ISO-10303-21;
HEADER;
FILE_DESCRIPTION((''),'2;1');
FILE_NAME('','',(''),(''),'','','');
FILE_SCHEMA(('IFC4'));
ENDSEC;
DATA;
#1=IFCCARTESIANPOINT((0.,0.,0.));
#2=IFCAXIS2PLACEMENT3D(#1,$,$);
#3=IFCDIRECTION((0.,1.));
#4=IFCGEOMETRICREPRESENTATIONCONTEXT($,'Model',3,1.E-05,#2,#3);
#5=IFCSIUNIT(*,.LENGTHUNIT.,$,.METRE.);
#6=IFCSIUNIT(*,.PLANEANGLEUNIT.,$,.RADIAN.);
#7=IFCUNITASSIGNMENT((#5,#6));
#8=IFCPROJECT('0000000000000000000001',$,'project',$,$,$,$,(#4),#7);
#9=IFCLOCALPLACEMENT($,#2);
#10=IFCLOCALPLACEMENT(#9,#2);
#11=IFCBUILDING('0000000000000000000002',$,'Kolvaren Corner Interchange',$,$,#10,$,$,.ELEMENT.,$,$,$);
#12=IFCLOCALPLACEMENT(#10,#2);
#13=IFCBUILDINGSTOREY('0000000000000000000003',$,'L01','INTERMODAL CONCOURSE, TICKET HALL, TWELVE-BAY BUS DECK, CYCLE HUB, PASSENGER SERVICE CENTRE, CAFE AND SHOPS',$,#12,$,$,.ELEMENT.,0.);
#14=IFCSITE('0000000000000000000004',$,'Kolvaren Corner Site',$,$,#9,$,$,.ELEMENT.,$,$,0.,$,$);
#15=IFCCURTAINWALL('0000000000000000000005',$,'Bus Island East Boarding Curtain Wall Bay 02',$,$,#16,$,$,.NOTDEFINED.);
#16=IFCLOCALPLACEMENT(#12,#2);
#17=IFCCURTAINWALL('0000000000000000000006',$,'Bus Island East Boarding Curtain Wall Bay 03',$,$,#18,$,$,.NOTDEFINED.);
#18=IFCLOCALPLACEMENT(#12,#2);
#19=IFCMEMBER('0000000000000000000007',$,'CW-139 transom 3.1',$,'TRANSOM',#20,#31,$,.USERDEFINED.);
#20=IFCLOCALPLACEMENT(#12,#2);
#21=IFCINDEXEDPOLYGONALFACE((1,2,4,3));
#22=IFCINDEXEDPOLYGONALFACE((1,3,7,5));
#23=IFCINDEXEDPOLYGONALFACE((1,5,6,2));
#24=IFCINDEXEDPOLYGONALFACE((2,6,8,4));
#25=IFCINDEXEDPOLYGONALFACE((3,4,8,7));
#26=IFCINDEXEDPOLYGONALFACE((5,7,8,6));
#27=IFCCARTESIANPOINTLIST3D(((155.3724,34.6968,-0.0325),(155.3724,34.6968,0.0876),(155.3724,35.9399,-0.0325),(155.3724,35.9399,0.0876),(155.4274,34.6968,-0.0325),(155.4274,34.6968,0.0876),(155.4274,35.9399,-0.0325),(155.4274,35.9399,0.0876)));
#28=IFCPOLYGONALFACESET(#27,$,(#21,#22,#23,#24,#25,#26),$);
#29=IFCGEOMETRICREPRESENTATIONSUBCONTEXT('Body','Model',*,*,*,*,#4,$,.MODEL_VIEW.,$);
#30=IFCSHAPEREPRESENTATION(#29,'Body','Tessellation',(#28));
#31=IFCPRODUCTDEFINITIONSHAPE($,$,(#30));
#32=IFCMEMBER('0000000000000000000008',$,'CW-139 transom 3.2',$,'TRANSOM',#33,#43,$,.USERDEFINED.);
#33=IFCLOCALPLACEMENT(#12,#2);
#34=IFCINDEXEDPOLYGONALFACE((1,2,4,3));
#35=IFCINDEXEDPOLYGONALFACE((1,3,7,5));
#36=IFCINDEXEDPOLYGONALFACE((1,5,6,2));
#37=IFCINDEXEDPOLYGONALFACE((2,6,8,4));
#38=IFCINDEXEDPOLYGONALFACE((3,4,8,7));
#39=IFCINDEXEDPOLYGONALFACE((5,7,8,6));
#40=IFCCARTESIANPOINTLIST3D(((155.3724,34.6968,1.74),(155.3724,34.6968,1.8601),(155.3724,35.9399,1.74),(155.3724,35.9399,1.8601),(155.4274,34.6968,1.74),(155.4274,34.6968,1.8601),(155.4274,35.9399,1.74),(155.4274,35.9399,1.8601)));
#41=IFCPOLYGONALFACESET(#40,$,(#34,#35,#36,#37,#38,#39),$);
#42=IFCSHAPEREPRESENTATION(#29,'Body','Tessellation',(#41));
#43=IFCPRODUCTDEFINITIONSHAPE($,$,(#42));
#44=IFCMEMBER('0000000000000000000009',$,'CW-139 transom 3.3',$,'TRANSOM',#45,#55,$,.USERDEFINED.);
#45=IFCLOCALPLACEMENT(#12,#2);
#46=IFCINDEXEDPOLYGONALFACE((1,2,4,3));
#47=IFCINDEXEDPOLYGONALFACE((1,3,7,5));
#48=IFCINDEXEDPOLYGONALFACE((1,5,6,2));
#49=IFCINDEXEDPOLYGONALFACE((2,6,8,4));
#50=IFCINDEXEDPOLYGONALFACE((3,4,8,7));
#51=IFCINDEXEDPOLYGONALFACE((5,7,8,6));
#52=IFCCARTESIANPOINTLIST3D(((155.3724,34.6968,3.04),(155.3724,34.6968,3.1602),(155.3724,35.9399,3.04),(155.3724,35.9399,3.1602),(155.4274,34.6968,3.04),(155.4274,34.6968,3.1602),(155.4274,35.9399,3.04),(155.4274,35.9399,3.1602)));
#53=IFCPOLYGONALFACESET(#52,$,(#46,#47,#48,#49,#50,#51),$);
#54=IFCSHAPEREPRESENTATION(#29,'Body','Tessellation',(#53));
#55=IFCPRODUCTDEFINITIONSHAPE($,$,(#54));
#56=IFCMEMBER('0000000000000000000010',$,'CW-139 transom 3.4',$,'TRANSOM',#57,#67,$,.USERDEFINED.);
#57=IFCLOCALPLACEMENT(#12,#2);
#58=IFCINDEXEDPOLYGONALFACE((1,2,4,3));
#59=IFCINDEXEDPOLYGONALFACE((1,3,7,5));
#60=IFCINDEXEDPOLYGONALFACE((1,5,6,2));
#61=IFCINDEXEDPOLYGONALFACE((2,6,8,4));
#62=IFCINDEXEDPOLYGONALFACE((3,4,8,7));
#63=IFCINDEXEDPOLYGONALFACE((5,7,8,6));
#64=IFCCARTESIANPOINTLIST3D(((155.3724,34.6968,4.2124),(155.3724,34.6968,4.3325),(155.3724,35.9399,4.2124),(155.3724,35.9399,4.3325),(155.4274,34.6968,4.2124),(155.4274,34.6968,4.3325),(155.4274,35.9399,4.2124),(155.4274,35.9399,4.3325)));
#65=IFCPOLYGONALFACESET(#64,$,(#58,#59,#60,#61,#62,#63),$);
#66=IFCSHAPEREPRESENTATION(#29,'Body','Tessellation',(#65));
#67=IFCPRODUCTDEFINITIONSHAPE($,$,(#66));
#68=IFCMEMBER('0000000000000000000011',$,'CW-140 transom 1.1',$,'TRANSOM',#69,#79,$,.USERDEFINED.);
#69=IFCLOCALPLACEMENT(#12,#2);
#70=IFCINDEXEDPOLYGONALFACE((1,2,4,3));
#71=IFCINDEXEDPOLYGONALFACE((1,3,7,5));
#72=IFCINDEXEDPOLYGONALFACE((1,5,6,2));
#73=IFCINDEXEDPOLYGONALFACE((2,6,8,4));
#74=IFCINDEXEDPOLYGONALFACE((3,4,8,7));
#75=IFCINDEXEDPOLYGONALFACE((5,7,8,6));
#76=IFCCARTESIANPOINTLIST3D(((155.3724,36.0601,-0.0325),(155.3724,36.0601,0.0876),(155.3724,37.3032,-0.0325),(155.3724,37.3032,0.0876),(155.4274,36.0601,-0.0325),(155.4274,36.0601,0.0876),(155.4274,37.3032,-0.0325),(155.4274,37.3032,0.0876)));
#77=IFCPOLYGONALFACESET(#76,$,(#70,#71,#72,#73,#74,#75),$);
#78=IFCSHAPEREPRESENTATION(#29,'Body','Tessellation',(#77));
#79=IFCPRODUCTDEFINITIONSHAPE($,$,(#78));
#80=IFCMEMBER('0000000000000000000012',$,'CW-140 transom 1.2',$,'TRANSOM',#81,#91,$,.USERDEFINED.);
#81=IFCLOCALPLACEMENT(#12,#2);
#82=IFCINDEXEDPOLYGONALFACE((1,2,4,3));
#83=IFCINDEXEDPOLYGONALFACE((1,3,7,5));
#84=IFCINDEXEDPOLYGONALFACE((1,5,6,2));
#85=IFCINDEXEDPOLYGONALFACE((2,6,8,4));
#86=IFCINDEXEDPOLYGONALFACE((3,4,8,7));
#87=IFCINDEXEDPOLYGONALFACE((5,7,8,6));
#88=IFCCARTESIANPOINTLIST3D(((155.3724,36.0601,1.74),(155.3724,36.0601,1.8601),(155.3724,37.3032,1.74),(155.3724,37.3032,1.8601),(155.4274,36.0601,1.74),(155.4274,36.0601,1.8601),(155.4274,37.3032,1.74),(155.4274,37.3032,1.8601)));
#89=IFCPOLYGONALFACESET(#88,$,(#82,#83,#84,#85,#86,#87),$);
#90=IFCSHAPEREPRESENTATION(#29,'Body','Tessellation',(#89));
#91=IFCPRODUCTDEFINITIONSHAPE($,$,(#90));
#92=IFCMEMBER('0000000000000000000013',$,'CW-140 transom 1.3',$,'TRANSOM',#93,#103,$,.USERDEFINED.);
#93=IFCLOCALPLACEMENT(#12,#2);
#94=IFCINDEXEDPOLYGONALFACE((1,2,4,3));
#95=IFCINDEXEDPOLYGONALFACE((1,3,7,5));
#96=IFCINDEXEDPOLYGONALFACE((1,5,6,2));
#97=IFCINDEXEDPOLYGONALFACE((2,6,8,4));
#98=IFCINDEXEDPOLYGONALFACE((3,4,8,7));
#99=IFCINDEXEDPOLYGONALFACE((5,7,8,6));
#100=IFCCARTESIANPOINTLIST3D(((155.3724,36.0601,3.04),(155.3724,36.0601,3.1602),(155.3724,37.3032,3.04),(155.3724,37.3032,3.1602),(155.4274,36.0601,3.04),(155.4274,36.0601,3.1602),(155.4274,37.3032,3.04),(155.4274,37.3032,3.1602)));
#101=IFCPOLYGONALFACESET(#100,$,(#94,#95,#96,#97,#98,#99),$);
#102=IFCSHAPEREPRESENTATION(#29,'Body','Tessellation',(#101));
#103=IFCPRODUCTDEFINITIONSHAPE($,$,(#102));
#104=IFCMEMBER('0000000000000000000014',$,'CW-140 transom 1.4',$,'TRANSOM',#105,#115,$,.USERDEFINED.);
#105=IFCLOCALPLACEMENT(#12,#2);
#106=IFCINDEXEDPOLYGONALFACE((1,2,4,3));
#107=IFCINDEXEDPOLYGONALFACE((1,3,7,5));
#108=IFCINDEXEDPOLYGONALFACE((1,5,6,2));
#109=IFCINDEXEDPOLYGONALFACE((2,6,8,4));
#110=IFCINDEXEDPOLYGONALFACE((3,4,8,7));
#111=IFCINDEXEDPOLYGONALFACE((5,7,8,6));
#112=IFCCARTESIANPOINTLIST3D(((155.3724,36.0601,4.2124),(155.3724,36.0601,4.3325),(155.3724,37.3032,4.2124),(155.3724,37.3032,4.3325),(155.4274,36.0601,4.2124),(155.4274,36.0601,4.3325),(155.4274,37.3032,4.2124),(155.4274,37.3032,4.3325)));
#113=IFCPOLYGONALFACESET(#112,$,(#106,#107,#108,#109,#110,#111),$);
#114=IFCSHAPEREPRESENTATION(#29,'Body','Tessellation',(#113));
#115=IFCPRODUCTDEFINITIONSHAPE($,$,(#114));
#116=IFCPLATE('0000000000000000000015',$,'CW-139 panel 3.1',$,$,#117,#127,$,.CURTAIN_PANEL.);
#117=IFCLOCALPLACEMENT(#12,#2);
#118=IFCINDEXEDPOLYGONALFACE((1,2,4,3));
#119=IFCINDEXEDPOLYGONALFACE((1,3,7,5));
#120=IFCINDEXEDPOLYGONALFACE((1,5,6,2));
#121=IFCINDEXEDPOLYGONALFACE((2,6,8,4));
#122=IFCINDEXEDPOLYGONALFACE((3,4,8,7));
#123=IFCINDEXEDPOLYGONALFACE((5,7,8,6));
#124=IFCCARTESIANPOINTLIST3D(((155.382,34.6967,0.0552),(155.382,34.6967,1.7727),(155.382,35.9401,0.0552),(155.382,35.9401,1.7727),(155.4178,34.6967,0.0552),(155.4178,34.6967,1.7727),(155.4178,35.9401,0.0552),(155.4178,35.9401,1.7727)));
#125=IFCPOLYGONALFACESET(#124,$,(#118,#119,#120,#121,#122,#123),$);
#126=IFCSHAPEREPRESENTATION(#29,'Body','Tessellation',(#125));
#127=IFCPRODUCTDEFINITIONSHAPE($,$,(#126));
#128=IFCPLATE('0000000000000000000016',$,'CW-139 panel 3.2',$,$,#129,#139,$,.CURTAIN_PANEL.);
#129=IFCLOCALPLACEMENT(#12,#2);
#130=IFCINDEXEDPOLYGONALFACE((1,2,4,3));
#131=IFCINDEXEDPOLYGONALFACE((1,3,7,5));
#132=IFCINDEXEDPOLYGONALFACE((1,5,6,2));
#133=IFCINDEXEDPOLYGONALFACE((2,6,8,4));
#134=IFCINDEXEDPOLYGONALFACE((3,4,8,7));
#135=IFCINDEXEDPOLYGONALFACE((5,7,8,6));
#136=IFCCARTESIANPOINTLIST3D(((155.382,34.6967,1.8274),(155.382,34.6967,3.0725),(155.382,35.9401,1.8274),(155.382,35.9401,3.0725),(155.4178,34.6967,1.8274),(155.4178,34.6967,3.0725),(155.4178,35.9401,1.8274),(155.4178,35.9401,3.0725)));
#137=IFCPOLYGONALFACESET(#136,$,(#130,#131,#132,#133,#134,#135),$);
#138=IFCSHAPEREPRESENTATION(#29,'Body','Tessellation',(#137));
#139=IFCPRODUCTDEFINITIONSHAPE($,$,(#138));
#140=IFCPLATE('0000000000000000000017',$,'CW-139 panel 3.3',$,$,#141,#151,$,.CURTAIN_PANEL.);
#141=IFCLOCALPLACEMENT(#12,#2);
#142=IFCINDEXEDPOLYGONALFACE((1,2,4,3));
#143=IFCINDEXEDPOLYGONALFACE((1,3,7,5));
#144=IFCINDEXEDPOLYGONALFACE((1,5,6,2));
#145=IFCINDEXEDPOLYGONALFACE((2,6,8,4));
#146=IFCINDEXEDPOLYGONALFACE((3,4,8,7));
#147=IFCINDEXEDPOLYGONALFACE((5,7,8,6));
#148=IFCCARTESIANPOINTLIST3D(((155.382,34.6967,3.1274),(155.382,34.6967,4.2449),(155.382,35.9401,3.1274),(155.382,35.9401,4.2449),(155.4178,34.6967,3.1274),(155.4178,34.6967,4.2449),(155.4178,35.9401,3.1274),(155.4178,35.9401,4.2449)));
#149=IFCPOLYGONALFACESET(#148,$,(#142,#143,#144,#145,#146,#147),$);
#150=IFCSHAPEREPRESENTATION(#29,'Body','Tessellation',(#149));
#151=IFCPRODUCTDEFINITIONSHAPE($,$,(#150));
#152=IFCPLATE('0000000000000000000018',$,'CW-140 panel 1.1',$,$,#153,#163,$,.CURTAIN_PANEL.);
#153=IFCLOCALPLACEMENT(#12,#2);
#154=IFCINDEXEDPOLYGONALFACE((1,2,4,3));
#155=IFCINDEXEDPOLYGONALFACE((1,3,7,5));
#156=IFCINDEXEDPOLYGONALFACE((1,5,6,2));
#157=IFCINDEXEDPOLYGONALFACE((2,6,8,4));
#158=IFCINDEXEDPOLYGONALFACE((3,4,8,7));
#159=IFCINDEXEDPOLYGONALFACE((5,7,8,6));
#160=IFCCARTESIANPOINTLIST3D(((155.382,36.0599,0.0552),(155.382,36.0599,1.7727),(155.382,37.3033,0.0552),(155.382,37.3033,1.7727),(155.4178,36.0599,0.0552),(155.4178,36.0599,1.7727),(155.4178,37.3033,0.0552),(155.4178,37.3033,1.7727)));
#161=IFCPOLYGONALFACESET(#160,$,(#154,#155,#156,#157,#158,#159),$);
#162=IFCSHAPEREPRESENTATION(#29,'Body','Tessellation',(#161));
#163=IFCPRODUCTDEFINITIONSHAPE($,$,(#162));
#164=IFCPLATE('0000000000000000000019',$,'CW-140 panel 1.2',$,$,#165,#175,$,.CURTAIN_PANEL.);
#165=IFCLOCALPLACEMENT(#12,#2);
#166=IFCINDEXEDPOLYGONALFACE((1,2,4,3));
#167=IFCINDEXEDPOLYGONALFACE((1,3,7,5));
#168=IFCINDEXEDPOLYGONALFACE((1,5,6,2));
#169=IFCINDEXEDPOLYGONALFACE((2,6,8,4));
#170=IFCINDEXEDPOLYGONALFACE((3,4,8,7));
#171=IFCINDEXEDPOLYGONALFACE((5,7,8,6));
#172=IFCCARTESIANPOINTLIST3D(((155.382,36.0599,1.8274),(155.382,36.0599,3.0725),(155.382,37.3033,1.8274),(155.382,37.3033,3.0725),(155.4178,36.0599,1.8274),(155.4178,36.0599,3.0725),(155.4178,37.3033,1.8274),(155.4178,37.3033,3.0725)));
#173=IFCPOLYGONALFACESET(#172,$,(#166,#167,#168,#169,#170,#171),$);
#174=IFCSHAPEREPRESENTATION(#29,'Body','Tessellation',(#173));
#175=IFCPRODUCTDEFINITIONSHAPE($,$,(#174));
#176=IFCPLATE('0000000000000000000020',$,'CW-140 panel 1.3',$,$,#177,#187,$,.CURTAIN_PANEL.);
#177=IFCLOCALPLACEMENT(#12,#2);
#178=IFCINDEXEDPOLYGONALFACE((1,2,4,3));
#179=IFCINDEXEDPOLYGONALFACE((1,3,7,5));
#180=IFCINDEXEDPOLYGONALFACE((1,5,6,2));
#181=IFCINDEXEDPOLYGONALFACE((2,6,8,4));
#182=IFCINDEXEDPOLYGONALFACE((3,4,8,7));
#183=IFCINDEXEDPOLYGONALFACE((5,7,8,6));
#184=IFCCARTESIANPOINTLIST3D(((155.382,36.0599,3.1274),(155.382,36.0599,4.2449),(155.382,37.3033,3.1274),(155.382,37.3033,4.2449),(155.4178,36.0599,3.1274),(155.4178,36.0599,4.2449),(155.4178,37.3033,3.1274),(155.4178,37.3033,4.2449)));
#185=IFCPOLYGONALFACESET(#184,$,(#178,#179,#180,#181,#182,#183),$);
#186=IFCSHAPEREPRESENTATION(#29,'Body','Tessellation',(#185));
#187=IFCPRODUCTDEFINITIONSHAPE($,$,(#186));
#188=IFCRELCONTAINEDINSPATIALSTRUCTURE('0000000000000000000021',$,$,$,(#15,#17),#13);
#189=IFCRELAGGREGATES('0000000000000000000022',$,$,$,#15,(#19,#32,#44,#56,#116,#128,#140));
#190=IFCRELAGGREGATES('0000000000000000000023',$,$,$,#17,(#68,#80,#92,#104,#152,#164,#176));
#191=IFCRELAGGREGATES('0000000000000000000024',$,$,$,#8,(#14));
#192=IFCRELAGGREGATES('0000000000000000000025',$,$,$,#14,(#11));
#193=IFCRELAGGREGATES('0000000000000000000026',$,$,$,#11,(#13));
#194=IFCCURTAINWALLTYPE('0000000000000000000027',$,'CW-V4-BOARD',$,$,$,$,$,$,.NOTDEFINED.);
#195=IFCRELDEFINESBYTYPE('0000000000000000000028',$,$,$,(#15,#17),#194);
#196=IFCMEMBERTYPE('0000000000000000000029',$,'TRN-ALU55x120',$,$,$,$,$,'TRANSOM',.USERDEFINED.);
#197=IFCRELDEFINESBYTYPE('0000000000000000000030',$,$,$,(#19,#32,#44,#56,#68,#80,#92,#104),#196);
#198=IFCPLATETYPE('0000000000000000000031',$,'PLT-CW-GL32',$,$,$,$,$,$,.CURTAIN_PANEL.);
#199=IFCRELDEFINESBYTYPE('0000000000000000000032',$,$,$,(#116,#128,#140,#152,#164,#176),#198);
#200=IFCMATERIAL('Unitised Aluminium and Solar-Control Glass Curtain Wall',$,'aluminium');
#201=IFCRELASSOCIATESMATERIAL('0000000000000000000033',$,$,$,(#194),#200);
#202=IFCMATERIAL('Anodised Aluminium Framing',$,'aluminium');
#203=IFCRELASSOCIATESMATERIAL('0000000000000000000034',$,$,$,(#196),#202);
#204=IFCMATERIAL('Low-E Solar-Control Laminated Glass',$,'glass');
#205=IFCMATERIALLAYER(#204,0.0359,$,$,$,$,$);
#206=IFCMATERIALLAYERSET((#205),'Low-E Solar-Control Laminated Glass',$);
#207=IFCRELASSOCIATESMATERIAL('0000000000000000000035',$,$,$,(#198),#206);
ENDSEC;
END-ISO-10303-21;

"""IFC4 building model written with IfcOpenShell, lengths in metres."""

from ifc_helpers import new_model, si_unit, direction, frame, origin, origin_2d, place, context, subcontext, project, spatial, rectangle, extrude, material, layer, layer_set, material_profile, profile_set, type_object, element, aggregate, save


model = new_model("IFC4")

# Units and contexts
model_context = context("Model", 3, precision=1e-05, world=origin(), true_north=direction((0.0, 1.0)))
body_context = subcontext(model_context, "Body", "Model", "MODEL_VIEW")
ifc_project = project(units=[si_unit("LENGTHUNIT", "METRE"), si_unit("PLANEANGLEUNIT", "RADIAN")], contexts=[model_context])

# Site, building, storey
site_placement = place(None, origin())
site = spatial("IfcSite", under=ifc_project, at=site_placement, Name="Kolvaren Corner Site", CompositionType="ELEMENT", RefElevation=0.0)
building_placement = place(site_placement, origin())
building = spatial("IfcBuilding", under=site, at=building_placement, Name="Kolvaren Corner Interchange", CompositionType="ELEMENT")
storey_placement = place(building_placement, origin())
storey = spatial("IfcBuildingStorey", under=building, at=storey_placement, Name="L01", Description="INTERMODAL CONCOURSE, TICKET HALL, TWELVE-BAY BUS DECK, CYCLE HUB, PASSENGER SERVICE CENTRE, CAFE AND SHOPS", CompositionType="ELEMENT", Elevation=0.0)

# Curtain walls
ifc_material_1 = material(Name="Unitised Aluminium and Solar-Control Glass Curtain Wall", Category="aluminium")
curtain_wall_type = type_object("IfcCurtainWallType", Name="CW-V4-BOARD", PredefinedType="NOTDEFINED", material=ifc_material_1)
curtain_wall_1_placement = place(storey_placement, origin())
curtain_wall_1 = element("IfcCurtainWall", 1, at=curtain_wall_1_placement, inside=storey, type_object=curtain_wall_type, Name="Bus Island East Boarding Curtain Wall Bay 02", PredefinedType="NOTDEFINED")
curtain_wall_2_placement = place(storey_placement, origin())
curtain_wall_2 = element("IfcCurtainWall", 2, at=curtain_wall_2_placement, inside=storey, type_object=curtain_wall_type, Name="Bus Island East Boarding Curtain Wall Bay 03", PredefinedType="NOTDEFINED")

# Members
ifc_material_2 = material(Name="Anodised Aluminium Framing", Category="aluminium")
ifc_material_profile_1 = material_profile(ifc_material_2, rectangle(XDim=0.0549, YDim=0.1201, at=origin_2d()), Name="ALU 55x120")
ifc_profile_set_1 = profile_set([ifc_material_profile_1], Name="Anodised Aluminium Framing")
member_type_1 = type_object("IfcMemberType", Name="TRN-ALU55x120", ElementType="TRANSOM", PredefinedType="USERDEFINED", material=ifc_profile_set_1)
member_1_placement = place(storey_placement, frame((155.3999, 34.6968, 0.0276), z_axis=(0.0, 1.0, 0.0), x_axis=(-1.0, 0.0, 0.0)))
member_1 = element("IfcMember", 3, at=member_1_placement, type_object=member_type_1, Name="CW-139 transom 3.1", ObjectType="TRANSOM", PredefinedType="USERDEFINED", context=body_context, shape_type="SweptSolid", body=[
    extrude(rectangle(XDim=0.0549, YDim=0.1201, at=origin_2d()), origin(), (0.0, 0.0, 1.0), 1.2432),
])
member_2_placement = place(storey_placement, frame((155.3999, 34.6968, 1.8), z_axis=(0.0, 1.0, 0.0), x_axis=(-1.0, 0.0, 0.0)))
member_2 = element("IfcMember", 4, at=member_2_placement, type_object=member_type_1, Name="CW-139 transom 3.2", ObjectType="TRANSOM", PredefinedType="USERDEFINED", context=body_context, shape_type="SweptSolid", body=[
    extrude(rectangle(XDim=0.0549, YDim=0.1201, at=origin_2d()), origin(), (0.0, 0.0, 1.0), 1.2432),
])
member_3_placement = place(storey_placement, frame((155.3999, 34.6968, 3.1001), z_axis=(0.0, 1.0, 0.0), x_axis=(-1.0, 0.0, 0.0)))
member_3 = element("IfcMember", 5, at=member_3_placement, type_object=member_type_1, Name="CW-139 transom 3.3", ObjectType="TRANSOM", PredefinedType="USERDEFINED", context=body_context, shape_type="SweptSolid", body=[
    extrude(rectangle(XDim=0.0549, YDim=0.1201, at=origin_2d()), origin(), (0.0, 0.0, 1.0), 1.2432),
])
member_4_placement = place(storey_placement, frame((155.3999, 34.6968, 4.2725), z_axis=(0.0, 1.0, 0.0), x_axis=(-1.0, 0.0, 0.0)))
member_4 = element("IfcMember", 6, at=member_4_placement, type_object=member_type_1, Name="CW-139 transom 3.4", ObjectType="TRANSOM", PredefinedType="USERDEFINED", context=body_context, shape_type="SweptSolid", body=[
    extrude(rectangle(XDim=0.0549, YDim=0.1201, at=origin_2d()), origin(), (0.0, 0.0, 1.0), 1.2432),
])
member_5_placement = place(storey_placement, frame((155.3999, 36.0601, 0.0276), z_axis=(0.0, 1.0, 0.0), x_axis=(-1.0, 0.0, 0.0)))
member_5 = element("IfcMember", 7, at=member_5_placement, type_object=member_type_1, Name="CW-140 transom 1.1", ObjectType="TRANSOM", PredefinedType="USERDEFINED", context=body_context, shape_type="SweptSolid", body=[
    extrude(rectangle(XDim=0.0549, YDim=0.1201, at=origin_2d()), origin(), (0.0, 0.0, 1.0), 1.2432),
])
member_6_placement = place(storey_placement, frame((155.3999, 36.0601, 1.8), z_axis=(0.0, 1.0, 0.0), x_axis=(-1.0, 0.0, 0.0)))
member_6 = element("IfcMember", 8, at=member_6_placement, type_object=member_type_1, Name="CW-140 transom 1.2", ObjectType="TRANSOM", PredefinedType="USERDEFINED", context=body_context, shape_type="SweptSolid", body=[
    extrude(rectangle(XDim=0.0549, YDim=0.1201, at=origin_2d()), origin(), (0.0, 0.0, 1.0), 1.2432),
])
member_7_placement = place(storey_placement, frame((155.3999, 36.0601, 3.1001), z_axis=(0.0, 1.0, 0.0), x_axis=(-1.0, 0.0, 0.0)))
member_7 = element("IfcMember", 9, at=member_7_placement, type_object=member_type_1, Name="CW-140 transom 1.3", ObjectType="TRANSOM", PredefinedType="USERDEFINED", context=body_context, shape_type="SweptSolid", body=[
    extrude(rectangle(XDim=0.0549, YDim=0.1201, at=origin_2d()), origin(), (0.0, 0.0, 1.0), 1.2432),
])
member_8_placement = place(storey_placement, frame((155.3999, 36.0601, 4.2725), z_axis=(0.0, 1.0, 0.0), x_axis=(-1.0, 0.0, 0.0)))
member_8 = element("IfcMember", 10, at=member_8_placement, type_object=member_type_1, Name="CW-140 transom 1.4", ObjectType="TRANSOM", PredefinedType="USERDEFINED", context=body_context, shape_type="SweptSolid", body=[
    extrude(rectangle(XDim=0.0549, YDim=0.1201, at=origin_2d()), origin(), (0.0, 0.0, 1.0), 1.2432),
])

# Plates
ifc_material_3 = material(Name="Low-E Solar-Control Laminated Glass", Category="glass")
ifc_layer = layer(ifc_material_3, 0.0359)
ifc_layer_set = layer_set([ifc_layer], Name="Low-E Solar-Control Laminated Glass")
plate_type = type_object("IfcPlateType", Name="PLT-CW-GL32", PredefinedType="CURTAIN_PANEL", material=ifc_layer_set)
plate_1_placement = place(storey_placement, frame((155.3999, 35.3184, 0.0552), z_axis=(0.0, 0.0, 1.0), x_axis=(0.0, 1.0, 0.0)))
plate_1 = element("IfcPlate", 11, at=plate_1_placement, type_object=plate_type, Name="CW-139 panel 3.1", PredefinedType="CURTAIN_PANEL", context=body_context, shape_type="SweptSolid", body=[
    extrude(rectangle(XDim=1.2434, YDim=0.0359, at=origin_2d()), origin(), (0.0, 0.0, 1.0), 1.7175),
])
plate_2_placement = place(storey_placement, frame((155.3999, 35.3184, 1.8274), z_axis=(0.0, 0.0, 1.0), x_axis=(0.0, 1.0, 0.0)))
plate_2 = element("IfcPlate", 12, at=plate_2_placement, type_object=plate_type, Name="CW-139 panel 3.2", PredefinedType="CURTAIN_PANEL", context=body_context, shape_type="SweptSolid", body=[
    extrude(rectangle(XDim=1.2434, YDim=0.0359, at=origin_2d()), origin(), (0.0, 0.0, 1.0), 1.2451),
])
plate_3_placement = place(storey_placement, frame((155.3999, 35.3184, 3.1274), z_axis=(0.0, 0.0, 1.0), x_axis=(0.0, 1.0, 0.0)))
plate_3 = element("IfcPlate", 13, at=plate_3_placement, type_object=plate_type, Name="CW-139 panel 3.3", PredefinedType="CURTAIN_PANEL", context=body_context, shape_type="SweptSolid", body=[
    extrude(rectangle(XDim=1.2434, YDim=0.0359, at=origin_2d()), origin(), (0.0, 0.0, 1.0), 1.1174),
])
aggregate(curtain_wall_1, [member_1, member_2, member_3, member_4, plate_1, plate_2, plate_3])
plate_4_placement = place(storey_placement, frame((155.3999, 36.6816, 0.0552), z_axis=(0.0, 0.0, 1.0), x_axis=(0.0, 1.0, 0.0)))
plate_4 = element("IfcPlate", 14, at=plate_4_placement, type_object=plate_type, Name="CW-140 panel 1.1", PredefinedType="CURTAIN_PANEL", context=body_context, shape_type="SweptSolid", body=[
    extrude(rectangle(XDim=1.2434, YDim=0.0359, at=origin_2d()), origin(), (0.0, 0.0, 1.0), 1.7175),
])
plate_5_placement = place(storey_placement, frame((155.3999, 36.6816, 1.8274), z_axis=(0.0, 0.0, 1.0), x_axis=(0.0, 1.0, 0.0)))
plate_5 = element("IfcPlate", 15, at=plate_5_placement, type_object=plate_type, Name="CW-140 panel 1.2", PredefinedType="CURTAIN_PANEL", context=body_context, shape_type="SweptSolid", body=[
    extrude(rectangle(XDim=1.2434, YDim=0.0359, at=origin_2d()), origin(), (0.0, 0.0, 1.0), 1.2451),
])
plate_6_placement = place(storey_placement, frame((155.3999, 36.6816, 3.1274), z_axis=(0.0, 0.0, 1.0), x_axis=(0.0, 1.0, 0.0)))
plate_6 = element("IfcPlate", 16, at=plate_6_placement, type_object=plate_type, Name="CW-140 panel 1.3", PredefinedType="CURTAIN_PANEL", context=body_context, shape_type="SweptSolid", body=[
    extrude(rectangle(XDim=1.2434, YDim=0.0359, at=origin_2d()), origin(), (0.0, 0.0, 1.0), 1.1174),
])
aggregate(curtain_wall_2, [member_5, member_6, member_7, member_8, plate_4, plate_5, plate_6])

save(model, "model.ifc")
